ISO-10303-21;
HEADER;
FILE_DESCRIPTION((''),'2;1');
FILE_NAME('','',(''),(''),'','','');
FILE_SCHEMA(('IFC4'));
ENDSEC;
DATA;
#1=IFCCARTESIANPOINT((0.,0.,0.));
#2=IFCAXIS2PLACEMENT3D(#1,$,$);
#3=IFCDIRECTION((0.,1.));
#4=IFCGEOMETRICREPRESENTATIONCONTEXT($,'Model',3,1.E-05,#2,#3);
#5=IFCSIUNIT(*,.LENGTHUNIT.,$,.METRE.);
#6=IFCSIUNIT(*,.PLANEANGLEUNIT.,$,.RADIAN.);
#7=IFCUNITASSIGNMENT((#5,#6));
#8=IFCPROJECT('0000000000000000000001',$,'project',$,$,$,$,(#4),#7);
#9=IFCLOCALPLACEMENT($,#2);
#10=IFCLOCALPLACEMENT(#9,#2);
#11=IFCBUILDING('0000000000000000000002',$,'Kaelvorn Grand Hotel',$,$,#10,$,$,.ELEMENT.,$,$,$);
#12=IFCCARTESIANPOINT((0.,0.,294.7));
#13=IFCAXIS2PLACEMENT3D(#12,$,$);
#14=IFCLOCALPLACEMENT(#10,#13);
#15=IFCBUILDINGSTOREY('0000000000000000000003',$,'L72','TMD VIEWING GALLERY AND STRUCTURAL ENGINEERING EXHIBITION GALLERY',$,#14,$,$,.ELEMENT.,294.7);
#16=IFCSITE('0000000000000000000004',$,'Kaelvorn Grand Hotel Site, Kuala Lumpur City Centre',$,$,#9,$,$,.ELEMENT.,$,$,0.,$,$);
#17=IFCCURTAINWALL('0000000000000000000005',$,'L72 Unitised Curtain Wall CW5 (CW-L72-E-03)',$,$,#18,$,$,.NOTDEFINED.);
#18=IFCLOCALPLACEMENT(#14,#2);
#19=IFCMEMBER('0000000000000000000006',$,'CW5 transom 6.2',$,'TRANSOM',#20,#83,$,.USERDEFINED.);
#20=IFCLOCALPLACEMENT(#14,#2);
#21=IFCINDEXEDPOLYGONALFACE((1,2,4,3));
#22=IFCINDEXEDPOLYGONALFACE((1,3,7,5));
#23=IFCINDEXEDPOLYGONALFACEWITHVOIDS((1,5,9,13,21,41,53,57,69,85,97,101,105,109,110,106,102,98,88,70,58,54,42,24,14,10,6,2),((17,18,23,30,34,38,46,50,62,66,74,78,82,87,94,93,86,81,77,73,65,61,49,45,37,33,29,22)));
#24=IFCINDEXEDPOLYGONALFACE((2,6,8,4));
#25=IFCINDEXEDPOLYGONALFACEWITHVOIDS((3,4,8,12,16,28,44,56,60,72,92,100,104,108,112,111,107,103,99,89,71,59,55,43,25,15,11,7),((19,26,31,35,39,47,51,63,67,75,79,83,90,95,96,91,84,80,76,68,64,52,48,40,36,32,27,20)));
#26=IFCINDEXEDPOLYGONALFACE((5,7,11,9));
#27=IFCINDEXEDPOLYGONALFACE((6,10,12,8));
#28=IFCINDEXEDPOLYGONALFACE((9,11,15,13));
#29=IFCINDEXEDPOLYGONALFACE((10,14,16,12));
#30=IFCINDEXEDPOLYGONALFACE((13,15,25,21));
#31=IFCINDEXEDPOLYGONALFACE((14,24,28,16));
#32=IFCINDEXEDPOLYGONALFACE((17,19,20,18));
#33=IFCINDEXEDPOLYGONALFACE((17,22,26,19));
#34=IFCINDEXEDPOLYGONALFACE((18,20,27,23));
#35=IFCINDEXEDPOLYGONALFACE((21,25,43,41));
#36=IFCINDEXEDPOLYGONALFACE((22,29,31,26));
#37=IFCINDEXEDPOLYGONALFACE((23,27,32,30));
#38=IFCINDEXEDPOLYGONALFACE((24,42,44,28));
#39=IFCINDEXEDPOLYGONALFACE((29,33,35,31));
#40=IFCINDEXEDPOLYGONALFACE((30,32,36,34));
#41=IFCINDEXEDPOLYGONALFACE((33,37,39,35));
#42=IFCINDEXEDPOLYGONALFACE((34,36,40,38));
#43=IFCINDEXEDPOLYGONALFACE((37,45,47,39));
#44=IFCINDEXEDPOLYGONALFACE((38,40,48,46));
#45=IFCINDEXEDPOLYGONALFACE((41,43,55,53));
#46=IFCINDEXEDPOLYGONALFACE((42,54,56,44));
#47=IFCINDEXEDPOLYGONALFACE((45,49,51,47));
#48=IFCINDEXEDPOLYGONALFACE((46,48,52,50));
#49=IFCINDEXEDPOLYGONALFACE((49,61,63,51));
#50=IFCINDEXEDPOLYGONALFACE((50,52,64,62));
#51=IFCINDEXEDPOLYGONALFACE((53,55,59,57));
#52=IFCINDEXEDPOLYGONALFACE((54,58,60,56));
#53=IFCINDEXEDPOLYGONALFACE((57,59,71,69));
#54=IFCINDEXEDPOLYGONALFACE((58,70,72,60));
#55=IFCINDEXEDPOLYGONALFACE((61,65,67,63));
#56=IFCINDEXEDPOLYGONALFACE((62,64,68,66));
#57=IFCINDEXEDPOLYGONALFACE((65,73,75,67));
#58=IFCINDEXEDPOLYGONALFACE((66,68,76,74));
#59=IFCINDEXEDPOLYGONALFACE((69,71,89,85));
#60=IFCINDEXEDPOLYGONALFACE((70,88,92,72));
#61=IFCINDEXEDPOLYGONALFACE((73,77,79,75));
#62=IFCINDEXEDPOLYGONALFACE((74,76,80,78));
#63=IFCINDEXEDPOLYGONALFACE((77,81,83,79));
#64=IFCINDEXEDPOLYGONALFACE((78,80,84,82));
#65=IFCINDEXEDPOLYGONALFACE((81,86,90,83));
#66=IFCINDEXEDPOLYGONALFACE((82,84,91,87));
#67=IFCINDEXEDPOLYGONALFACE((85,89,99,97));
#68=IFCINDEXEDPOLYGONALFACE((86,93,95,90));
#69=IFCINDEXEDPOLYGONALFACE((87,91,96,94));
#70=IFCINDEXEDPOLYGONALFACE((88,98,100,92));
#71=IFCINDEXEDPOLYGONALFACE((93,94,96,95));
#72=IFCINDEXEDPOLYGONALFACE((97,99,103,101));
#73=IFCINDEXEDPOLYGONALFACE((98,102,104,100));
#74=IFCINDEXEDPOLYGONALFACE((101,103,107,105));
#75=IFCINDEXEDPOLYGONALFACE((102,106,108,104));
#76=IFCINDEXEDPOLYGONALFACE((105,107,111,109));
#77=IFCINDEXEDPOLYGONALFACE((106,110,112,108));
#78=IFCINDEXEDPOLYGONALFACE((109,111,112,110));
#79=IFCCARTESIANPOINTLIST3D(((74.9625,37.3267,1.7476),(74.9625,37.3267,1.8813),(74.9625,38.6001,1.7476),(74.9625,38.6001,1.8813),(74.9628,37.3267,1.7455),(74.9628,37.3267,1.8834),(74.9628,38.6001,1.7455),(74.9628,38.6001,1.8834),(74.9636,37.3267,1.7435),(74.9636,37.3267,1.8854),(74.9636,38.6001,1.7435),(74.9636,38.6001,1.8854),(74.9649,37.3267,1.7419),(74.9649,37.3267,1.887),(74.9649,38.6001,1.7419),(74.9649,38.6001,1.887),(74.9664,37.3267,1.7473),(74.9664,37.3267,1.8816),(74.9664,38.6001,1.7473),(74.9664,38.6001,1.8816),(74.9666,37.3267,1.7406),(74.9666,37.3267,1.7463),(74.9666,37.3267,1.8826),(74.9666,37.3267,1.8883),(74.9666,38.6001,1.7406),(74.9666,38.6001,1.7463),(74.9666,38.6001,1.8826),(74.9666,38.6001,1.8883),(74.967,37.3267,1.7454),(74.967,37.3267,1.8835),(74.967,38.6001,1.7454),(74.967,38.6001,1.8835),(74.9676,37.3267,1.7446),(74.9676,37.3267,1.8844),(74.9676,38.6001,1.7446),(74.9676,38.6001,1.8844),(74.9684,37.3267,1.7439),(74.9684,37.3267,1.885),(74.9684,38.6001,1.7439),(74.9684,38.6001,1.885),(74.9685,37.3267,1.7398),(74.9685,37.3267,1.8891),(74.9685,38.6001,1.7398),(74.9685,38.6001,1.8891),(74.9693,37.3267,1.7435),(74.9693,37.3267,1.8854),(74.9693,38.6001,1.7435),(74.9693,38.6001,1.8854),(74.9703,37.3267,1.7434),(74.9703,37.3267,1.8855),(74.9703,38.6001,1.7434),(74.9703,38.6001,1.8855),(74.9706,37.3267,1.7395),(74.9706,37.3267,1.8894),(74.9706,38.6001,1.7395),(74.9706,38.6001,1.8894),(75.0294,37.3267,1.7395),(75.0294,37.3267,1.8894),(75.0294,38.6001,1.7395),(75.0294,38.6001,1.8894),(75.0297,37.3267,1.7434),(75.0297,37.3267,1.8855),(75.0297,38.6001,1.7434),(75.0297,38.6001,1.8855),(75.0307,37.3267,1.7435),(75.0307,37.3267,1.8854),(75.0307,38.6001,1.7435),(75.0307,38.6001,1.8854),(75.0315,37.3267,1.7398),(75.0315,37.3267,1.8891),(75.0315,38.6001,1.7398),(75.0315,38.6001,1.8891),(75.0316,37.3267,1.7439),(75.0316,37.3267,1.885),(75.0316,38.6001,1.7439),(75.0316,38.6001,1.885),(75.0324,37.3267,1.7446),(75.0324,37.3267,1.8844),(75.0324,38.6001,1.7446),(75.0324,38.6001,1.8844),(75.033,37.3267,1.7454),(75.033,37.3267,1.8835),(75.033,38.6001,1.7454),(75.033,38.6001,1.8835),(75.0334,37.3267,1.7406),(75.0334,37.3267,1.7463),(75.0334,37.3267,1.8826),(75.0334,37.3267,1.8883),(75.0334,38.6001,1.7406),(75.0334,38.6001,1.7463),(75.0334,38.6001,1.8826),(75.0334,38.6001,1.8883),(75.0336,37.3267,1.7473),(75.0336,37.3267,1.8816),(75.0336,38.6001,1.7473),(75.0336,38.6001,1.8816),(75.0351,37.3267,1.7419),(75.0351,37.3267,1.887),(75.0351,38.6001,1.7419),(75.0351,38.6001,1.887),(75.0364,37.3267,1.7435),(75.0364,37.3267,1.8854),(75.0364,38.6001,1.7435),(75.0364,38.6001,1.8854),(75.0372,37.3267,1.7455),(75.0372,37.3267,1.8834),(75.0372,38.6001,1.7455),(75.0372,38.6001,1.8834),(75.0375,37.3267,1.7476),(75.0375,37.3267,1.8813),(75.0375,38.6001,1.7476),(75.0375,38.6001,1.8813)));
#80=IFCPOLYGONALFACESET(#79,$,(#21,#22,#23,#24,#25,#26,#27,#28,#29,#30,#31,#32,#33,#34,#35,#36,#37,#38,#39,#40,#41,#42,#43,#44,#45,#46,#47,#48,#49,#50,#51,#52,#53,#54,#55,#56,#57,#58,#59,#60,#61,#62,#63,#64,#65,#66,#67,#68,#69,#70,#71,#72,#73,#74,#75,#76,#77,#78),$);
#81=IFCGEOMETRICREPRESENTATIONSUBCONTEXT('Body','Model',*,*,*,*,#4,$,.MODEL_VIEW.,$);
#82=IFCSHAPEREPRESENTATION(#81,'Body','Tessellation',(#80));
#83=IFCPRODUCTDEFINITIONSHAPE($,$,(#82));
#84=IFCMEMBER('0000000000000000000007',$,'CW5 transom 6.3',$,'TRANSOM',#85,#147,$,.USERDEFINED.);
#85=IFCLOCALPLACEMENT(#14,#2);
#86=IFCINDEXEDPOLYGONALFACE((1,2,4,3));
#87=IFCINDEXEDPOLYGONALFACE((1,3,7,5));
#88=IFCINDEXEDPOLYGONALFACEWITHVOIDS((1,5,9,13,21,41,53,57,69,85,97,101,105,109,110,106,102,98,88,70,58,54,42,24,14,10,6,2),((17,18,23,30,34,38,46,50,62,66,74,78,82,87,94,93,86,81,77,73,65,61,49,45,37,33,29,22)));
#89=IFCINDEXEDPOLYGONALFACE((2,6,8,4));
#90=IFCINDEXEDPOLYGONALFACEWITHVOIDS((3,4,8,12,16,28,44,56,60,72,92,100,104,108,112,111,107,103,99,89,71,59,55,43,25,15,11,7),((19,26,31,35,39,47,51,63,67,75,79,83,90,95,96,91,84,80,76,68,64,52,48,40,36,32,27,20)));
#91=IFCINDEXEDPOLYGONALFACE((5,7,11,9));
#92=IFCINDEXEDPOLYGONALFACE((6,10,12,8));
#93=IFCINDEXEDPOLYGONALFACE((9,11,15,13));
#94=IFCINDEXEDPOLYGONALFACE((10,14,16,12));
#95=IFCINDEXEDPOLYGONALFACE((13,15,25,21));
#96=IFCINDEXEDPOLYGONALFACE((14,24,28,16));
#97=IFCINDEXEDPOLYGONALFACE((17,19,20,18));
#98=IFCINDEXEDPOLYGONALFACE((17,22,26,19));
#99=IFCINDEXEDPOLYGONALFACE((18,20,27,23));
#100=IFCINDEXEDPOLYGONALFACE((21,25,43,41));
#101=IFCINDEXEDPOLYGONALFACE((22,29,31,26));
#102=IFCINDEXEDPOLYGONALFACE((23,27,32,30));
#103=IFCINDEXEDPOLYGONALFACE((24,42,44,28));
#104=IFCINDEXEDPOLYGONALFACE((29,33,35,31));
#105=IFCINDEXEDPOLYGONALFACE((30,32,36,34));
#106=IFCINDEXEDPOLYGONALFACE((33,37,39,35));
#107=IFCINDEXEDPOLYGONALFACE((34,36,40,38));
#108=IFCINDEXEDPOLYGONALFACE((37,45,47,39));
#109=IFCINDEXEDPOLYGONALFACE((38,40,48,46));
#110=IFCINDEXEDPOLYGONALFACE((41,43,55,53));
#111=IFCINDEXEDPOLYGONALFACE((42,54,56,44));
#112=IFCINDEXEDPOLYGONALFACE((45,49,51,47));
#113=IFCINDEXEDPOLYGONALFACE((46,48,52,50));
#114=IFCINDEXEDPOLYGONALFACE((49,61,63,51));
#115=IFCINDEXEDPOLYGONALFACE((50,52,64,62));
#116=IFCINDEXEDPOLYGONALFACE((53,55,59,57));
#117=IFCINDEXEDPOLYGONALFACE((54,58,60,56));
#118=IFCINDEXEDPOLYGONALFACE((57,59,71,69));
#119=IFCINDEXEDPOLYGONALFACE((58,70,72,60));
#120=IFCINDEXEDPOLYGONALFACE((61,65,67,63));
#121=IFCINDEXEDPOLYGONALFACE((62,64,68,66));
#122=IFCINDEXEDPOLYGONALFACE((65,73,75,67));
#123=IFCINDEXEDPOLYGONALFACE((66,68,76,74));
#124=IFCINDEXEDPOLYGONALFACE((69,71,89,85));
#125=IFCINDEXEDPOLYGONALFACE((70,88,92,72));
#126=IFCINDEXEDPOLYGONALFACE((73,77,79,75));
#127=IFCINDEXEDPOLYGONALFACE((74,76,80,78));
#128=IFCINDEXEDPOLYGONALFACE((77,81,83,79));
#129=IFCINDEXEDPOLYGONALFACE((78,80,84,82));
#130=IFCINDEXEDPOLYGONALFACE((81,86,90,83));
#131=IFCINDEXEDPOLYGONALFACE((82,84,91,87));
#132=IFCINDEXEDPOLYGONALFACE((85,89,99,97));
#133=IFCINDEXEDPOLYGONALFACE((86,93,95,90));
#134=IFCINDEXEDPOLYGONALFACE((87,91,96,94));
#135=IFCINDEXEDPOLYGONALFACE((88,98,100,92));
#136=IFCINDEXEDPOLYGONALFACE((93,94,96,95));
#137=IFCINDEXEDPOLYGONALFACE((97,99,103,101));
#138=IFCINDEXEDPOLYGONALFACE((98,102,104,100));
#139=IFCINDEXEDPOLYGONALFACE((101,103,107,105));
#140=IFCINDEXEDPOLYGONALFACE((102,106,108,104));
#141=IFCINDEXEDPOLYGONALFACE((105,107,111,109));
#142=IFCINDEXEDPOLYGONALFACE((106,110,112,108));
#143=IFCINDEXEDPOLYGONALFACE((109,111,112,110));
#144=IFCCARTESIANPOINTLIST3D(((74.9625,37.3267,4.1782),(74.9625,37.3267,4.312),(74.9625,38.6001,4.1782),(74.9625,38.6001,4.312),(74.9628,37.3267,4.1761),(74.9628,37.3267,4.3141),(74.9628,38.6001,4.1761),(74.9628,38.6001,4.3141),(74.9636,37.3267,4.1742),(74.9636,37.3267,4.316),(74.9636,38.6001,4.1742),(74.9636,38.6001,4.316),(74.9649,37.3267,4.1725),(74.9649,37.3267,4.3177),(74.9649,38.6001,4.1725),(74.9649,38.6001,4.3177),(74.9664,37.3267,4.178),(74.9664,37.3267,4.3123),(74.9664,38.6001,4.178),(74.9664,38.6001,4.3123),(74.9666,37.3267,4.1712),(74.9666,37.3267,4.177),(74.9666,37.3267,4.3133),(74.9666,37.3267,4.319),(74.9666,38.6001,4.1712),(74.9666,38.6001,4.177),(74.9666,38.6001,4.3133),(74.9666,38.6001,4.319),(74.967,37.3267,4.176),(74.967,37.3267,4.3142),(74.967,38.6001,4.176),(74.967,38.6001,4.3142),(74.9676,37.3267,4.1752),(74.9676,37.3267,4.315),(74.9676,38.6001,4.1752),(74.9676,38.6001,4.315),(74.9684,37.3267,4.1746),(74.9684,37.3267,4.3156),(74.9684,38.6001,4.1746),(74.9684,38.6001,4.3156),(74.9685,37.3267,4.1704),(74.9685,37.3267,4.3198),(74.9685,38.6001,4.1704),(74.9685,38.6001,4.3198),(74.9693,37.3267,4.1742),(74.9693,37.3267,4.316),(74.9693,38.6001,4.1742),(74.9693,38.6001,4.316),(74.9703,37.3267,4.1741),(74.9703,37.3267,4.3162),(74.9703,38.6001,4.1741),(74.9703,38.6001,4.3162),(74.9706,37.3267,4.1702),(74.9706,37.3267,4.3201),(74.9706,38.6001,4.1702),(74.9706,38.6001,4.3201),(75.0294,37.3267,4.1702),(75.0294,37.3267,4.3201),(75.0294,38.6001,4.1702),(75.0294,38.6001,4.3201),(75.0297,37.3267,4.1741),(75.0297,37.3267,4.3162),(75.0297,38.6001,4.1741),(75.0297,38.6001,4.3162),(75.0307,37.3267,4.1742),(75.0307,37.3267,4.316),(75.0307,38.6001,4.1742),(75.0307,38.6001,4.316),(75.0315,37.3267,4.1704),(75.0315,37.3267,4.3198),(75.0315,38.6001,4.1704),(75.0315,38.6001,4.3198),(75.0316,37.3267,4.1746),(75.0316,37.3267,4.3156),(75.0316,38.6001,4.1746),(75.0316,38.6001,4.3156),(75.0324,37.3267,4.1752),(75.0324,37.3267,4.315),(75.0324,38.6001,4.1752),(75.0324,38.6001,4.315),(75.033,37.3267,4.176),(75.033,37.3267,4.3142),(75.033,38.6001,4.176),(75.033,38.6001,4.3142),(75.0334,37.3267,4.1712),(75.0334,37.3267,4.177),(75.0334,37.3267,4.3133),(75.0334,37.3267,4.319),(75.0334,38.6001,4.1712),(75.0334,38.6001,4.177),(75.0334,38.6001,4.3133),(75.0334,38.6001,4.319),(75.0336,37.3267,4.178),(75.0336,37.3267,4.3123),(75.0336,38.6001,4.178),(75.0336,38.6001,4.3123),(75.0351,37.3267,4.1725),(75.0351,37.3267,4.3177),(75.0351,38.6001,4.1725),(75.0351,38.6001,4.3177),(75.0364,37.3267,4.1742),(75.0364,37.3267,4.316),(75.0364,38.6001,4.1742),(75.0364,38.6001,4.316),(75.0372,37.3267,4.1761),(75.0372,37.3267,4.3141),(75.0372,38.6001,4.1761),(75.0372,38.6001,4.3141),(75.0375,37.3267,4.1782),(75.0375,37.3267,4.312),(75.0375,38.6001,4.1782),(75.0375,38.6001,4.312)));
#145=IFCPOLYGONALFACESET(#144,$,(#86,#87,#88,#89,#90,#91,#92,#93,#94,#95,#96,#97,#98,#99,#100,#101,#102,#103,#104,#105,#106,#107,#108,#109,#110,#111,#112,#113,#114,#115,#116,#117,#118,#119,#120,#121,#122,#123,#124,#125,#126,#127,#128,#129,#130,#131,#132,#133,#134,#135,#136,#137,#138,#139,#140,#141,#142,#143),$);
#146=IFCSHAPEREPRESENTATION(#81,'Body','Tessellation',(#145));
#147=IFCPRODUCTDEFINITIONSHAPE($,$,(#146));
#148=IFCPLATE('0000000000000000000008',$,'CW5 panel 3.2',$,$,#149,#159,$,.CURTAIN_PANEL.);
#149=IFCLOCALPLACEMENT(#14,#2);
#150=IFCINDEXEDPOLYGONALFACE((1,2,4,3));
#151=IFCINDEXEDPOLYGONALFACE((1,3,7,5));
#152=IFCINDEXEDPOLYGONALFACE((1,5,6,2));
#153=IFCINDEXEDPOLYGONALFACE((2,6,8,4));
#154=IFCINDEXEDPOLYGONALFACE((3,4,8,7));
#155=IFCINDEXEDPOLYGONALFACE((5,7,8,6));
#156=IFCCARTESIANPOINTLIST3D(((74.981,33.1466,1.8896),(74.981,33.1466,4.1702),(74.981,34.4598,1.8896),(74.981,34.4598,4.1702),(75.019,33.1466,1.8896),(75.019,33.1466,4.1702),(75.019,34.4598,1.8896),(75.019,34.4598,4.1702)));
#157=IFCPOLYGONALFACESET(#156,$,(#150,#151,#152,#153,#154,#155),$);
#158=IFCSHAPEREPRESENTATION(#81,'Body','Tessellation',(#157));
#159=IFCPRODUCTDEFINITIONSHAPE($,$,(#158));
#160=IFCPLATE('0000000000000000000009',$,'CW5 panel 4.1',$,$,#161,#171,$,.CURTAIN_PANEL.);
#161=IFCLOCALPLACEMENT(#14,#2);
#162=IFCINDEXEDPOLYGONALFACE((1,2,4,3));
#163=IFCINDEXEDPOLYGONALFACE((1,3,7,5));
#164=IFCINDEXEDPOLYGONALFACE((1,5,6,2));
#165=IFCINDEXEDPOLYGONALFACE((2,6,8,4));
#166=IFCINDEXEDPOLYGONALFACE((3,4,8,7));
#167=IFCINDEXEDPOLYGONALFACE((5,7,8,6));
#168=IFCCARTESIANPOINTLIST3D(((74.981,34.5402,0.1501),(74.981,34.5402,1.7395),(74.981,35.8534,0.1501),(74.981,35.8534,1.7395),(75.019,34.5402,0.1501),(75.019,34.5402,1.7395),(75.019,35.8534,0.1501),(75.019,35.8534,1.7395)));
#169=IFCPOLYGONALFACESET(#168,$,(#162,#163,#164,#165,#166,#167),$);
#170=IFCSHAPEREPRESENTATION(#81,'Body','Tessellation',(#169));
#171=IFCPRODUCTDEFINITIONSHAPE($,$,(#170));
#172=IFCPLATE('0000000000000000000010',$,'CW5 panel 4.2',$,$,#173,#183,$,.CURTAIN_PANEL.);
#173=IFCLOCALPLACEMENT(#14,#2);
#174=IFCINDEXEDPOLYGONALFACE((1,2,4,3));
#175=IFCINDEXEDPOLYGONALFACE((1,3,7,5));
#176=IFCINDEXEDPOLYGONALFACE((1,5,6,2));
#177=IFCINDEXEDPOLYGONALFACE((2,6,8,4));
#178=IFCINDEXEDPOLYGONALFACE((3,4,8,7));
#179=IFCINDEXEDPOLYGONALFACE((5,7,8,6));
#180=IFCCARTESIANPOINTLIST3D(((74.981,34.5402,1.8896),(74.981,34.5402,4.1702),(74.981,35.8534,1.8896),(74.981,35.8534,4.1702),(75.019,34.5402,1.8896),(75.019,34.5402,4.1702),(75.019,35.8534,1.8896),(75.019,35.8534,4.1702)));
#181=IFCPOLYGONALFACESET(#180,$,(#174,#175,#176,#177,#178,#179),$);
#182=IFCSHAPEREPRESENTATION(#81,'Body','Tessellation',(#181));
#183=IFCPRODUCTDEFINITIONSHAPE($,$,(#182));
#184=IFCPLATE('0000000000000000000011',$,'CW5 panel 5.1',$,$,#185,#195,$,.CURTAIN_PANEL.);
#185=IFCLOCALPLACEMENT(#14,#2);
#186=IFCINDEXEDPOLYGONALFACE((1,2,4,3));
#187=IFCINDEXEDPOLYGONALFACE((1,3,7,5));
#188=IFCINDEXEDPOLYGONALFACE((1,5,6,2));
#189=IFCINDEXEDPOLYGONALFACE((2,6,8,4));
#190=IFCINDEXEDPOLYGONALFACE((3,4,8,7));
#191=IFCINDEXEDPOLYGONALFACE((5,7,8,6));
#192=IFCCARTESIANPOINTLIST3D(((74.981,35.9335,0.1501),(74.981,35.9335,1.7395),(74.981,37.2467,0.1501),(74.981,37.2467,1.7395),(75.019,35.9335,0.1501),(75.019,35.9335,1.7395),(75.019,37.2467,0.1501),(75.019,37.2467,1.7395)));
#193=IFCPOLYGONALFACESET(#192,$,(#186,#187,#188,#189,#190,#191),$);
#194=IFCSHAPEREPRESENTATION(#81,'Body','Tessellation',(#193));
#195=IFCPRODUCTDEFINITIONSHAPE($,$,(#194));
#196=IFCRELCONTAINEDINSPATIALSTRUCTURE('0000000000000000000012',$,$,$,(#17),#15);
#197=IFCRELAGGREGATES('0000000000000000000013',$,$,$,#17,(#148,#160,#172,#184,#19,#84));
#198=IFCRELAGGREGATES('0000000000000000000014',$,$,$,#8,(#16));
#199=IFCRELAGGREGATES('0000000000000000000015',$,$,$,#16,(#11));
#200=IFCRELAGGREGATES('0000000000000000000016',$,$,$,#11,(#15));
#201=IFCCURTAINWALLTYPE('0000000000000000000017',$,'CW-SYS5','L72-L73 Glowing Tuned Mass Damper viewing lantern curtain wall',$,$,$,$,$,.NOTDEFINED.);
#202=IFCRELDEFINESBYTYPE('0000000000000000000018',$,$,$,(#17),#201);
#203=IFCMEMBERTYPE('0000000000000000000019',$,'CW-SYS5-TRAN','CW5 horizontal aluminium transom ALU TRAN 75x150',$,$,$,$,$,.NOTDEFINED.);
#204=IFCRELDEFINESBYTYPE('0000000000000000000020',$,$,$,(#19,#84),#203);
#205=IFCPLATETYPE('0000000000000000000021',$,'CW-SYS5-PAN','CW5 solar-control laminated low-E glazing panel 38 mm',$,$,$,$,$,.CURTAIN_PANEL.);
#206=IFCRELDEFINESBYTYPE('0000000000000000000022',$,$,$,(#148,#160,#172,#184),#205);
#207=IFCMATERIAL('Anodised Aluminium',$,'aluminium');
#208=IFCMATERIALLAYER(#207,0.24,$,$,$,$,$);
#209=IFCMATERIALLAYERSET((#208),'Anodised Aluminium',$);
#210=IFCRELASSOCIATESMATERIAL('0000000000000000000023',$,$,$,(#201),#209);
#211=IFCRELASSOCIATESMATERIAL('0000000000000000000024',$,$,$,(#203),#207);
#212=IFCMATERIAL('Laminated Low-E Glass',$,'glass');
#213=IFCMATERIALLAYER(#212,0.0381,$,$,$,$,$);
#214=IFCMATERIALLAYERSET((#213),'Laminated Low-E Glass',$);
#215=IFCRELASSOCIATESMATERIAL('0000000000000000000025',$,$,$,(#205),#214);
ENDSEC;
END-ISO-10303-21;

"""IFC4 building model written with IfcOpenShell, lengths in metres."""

from ifc_helpers import new_model, si_unit, direction, frame, origin, origin_2d, place, context, subcontext, project, spatial, rectangle, hollow_rectangle, extrude, material, layer, layer_set, material_profile, profile_set, type_object, element, aggregate, save


model = new_model("IFC4")

# Units and contexts
model_context = context("Model", 3, precision=1e-05, world=origin(), true_north=direction((0.0, 1.0)))
body_context = subcontext(model_context, "Body", "Model", "MODEL_VIEW")
ifc_project = project(units=[si_unit("LENGTHUNIT", "METRE"), si_unit("PLANEANGLEUNIT", "RADIAN")], contexts=[model_context])

# Site, building, storey
site_placement = place(None, origin())
site = spatial("IfcSite", under=ifc_project, at=site_placement, Name="Kaelvorn Grand Hotel Site, Kuala Lumpur City Centre", CompositionType="ELEMENT", RefElevation=0.0)
building_placement = place(site_placement, origin())
building = spatial("IfcBuilding", under=site, at=building_placement, Name="Kaelvorn Grand Hotel", CompositionType="ELEMENT")
storey_placement = place(building_placement, frame((0.0, 0.0, 294.7)))
storey = spatial("IfcBuildingStorey", under=building, at=storey_placement, Name="L72", Description="TMD VIEWING GALLERY AND STRUCTURAL ENGINEERING EXHIBITION GALLERY", CompositionType="ELEMENT", Elevation=294.7)

# Curtain wall, members, plates
ifc_material_1 = material(Name="Anodised Aluminium", Category="aluminium")
ifc_layer_1 = layer(ifc_material_1, 0.24)
ifc_layer_set_1 = layer_set([ifc_layer_1], Name="Anodised Aluminium")
curtain_wall_type = type_object("IfcCurtainWallType", Name="CW-SYS5", Description="L72-L73 Glowing Tuned Mass Damper viewing lantern curtain wall", PredefinedType="NOTDEFINED", material=ifc_layer_set_1)
curtain_wall_placement = place(storey_placement, origin())
curtain_wall = element("IfcCurtainWall", 1, at=curtain_wall_placement, inside=storey, type_object=curtain_wall_type, Name="L72 Unitised Curtain Wall CW5 (CW-L72-E-03)", PredefinedType="NOTDEFINED")
ifc_material_profile_1 = material_profile(ifc_material_1, hollow_rectangle(XDim=0.075, YDim=0.1499, WallThickness=0.0039, InnerFilletRadius=0.0039, OuterFilletRadius=0.0081, at=origin_2d()), Name="ALU TRAN 75x150")
ifc_profile_set_1 = profile_set([ifc_material_profile_1], Name="Anodised Aluminium")
member_type_1 = type_object("IfcMemberType", Name="CW-SYS5-TRAN", Description="CW5 horizontal aluminium transom ALU TRAN 75x150", PredefinedType="NOTDEFINED", material=ifc_profile_set_1)
member_1_placement = place(storey_placement, frame((75.0, 37.3267, 1.8145), z_axis=(0.0, 1.0, 0.0), x_axis=(-1.0, 0.0, 0.0)))
member_1 = element("IfcMember", 2, at=member_1_placement, type_object=member_type_1, Name="CW5 transom 6.2", ObjectType="TRANSOM", PredefinedType="USERDEFINED", context=body_context, shape_type="SweptSolid", body=[
    extrude(hollow_rectangle(XDim=0.075, YDim=0.1499, WallThickness=0.0039, InnerFilletRadius=0.0039, OuterFilletRadius=0.0081, at=origin_2d()), origin(), (0.0, 0.0, 1.0), 1.2734),
])
member_2_placement = place(storey_placement, frame((75.0, 37.3267, 4.2451), z_axis=(0.0, 1.0, 0.0), x_axis=(-1.0, 0.0, 0.0)))
member_2 = element("IfcMember", 3, at=member_2_placement, type_object=member_type_1, Name="CW5 transom 6.3", ObjectType="TRANSOM", PredefinedType="USERDEFINED", context=body_context, shape_type="SweptSolid", body=[
    extrude(hollow_rectangle(XDim=0.075, YDim=0.1499, WallThickness=0.0039, InnerFilletRadius=0.0039, OuterFilletRadius=0.0081, at=origin_2d()), origin(), (0.0, 0.0, 1.0), 1.2734),
])
ifc_material_2 = material(Name="Laminated Low-E Glass", Category="glass")
ifc_layer_2 = layer(ifc_material_2, 0.0381)
ifc_layer_set_2 = layer_set([ifc_layer_2], Name="Laminated Low-E Glass")
plate_type = type_object("IfcPlateType", Name="CW-SYS5-PAN", Description="CW5 solar-control laminated low-E glazing panel 38 mm", PredefinedType="CURTAIN_PANEL", material=ifc_layer_set_2)
plate_1_placement = place(storey_placement, frame((75.0, 33.8032, 1.8896), z_axis=(0.0, 0.0, 1.0), x_axis=(0.0, 1.0, 0.0)))
plate_1 = element("IfcPlate", 4, at=plate_1_placement, type_object=plate_type, Name="CW5 panel 3.2", PredefinedType="CURTAIN_PANEL", context=body_context, shape_type="SweptSolid", body=[
    extrude(rectangle(XDim=1.3132, YDim=0.0381, at=origin_2d()), origin(), (0.0, 0.0, 1.0), 2.2805),
])
plate_2_placement = place(storey_placement, frame((75.0, 35.1968, 0.1501), z_axis=(0.0, 0.0, 1.0), x_axis=(0.0, 1.0, 0.0)))
plate_2 = element("IfcPlate", 5, at=plate_2_placement, type_object=plate_type, Name="CW5 panel 4.1", PredefinedType="CURTAIN_PANEL", context=body_context, shape_type="SweptSolid", body=[
    extrude(rectangle(XDim=1.3132, YDim=0.0381, at=origin_2d()), origin(), (0.0, 0.0, 1.0), 1.5894),
])
plate_3_placement = place(storey_placement, frame((75.0, 35.1968, 1.8896), z_axis=(0.0, 0.0, 1.0), x_axis=(0.0, 1.0, 0.0)))
plate_3 = element("IfcPlate", 6, at=plate_3_placement, type_object=plate_type, Name="CW5 panel 4.2", PredefinedType="CURTAIN_PANEL", context=body_context, shape_type="SweptSolid", body=[
    extrude(rectangle(XDim=1.3132, YDim=0.0381, at=origin_2d()), origin(), (0.0, 0.0, 1.0), 2.2805),
])
plate_4_placement = place(storey_placement, frame((75.0, 36.5901, 0.1501), z_axis=(0.0, 0.0, 1.0), x_axis=(0.0, 1.0, 0.0)))
plate_4 = element("IfcPlate", 7, at=plate_4_placement, type_object=plate_type, Name="CW5 panel 5.1", PredefinedType="CURTAIN_PANEL", context=body_context, shape_type="SweptSolid", body=[
    extrude(rectangle(XDim=1.3132, YDim=0.0381, at=origin_2d()), origin(), (0.0, 0.0, 1.0), 1.5894),
])
aggregate(curtain_wall, [plate_1, plate_2, plate_3, plate_4, member_1, member_2])

save(model, "model.ifc")
